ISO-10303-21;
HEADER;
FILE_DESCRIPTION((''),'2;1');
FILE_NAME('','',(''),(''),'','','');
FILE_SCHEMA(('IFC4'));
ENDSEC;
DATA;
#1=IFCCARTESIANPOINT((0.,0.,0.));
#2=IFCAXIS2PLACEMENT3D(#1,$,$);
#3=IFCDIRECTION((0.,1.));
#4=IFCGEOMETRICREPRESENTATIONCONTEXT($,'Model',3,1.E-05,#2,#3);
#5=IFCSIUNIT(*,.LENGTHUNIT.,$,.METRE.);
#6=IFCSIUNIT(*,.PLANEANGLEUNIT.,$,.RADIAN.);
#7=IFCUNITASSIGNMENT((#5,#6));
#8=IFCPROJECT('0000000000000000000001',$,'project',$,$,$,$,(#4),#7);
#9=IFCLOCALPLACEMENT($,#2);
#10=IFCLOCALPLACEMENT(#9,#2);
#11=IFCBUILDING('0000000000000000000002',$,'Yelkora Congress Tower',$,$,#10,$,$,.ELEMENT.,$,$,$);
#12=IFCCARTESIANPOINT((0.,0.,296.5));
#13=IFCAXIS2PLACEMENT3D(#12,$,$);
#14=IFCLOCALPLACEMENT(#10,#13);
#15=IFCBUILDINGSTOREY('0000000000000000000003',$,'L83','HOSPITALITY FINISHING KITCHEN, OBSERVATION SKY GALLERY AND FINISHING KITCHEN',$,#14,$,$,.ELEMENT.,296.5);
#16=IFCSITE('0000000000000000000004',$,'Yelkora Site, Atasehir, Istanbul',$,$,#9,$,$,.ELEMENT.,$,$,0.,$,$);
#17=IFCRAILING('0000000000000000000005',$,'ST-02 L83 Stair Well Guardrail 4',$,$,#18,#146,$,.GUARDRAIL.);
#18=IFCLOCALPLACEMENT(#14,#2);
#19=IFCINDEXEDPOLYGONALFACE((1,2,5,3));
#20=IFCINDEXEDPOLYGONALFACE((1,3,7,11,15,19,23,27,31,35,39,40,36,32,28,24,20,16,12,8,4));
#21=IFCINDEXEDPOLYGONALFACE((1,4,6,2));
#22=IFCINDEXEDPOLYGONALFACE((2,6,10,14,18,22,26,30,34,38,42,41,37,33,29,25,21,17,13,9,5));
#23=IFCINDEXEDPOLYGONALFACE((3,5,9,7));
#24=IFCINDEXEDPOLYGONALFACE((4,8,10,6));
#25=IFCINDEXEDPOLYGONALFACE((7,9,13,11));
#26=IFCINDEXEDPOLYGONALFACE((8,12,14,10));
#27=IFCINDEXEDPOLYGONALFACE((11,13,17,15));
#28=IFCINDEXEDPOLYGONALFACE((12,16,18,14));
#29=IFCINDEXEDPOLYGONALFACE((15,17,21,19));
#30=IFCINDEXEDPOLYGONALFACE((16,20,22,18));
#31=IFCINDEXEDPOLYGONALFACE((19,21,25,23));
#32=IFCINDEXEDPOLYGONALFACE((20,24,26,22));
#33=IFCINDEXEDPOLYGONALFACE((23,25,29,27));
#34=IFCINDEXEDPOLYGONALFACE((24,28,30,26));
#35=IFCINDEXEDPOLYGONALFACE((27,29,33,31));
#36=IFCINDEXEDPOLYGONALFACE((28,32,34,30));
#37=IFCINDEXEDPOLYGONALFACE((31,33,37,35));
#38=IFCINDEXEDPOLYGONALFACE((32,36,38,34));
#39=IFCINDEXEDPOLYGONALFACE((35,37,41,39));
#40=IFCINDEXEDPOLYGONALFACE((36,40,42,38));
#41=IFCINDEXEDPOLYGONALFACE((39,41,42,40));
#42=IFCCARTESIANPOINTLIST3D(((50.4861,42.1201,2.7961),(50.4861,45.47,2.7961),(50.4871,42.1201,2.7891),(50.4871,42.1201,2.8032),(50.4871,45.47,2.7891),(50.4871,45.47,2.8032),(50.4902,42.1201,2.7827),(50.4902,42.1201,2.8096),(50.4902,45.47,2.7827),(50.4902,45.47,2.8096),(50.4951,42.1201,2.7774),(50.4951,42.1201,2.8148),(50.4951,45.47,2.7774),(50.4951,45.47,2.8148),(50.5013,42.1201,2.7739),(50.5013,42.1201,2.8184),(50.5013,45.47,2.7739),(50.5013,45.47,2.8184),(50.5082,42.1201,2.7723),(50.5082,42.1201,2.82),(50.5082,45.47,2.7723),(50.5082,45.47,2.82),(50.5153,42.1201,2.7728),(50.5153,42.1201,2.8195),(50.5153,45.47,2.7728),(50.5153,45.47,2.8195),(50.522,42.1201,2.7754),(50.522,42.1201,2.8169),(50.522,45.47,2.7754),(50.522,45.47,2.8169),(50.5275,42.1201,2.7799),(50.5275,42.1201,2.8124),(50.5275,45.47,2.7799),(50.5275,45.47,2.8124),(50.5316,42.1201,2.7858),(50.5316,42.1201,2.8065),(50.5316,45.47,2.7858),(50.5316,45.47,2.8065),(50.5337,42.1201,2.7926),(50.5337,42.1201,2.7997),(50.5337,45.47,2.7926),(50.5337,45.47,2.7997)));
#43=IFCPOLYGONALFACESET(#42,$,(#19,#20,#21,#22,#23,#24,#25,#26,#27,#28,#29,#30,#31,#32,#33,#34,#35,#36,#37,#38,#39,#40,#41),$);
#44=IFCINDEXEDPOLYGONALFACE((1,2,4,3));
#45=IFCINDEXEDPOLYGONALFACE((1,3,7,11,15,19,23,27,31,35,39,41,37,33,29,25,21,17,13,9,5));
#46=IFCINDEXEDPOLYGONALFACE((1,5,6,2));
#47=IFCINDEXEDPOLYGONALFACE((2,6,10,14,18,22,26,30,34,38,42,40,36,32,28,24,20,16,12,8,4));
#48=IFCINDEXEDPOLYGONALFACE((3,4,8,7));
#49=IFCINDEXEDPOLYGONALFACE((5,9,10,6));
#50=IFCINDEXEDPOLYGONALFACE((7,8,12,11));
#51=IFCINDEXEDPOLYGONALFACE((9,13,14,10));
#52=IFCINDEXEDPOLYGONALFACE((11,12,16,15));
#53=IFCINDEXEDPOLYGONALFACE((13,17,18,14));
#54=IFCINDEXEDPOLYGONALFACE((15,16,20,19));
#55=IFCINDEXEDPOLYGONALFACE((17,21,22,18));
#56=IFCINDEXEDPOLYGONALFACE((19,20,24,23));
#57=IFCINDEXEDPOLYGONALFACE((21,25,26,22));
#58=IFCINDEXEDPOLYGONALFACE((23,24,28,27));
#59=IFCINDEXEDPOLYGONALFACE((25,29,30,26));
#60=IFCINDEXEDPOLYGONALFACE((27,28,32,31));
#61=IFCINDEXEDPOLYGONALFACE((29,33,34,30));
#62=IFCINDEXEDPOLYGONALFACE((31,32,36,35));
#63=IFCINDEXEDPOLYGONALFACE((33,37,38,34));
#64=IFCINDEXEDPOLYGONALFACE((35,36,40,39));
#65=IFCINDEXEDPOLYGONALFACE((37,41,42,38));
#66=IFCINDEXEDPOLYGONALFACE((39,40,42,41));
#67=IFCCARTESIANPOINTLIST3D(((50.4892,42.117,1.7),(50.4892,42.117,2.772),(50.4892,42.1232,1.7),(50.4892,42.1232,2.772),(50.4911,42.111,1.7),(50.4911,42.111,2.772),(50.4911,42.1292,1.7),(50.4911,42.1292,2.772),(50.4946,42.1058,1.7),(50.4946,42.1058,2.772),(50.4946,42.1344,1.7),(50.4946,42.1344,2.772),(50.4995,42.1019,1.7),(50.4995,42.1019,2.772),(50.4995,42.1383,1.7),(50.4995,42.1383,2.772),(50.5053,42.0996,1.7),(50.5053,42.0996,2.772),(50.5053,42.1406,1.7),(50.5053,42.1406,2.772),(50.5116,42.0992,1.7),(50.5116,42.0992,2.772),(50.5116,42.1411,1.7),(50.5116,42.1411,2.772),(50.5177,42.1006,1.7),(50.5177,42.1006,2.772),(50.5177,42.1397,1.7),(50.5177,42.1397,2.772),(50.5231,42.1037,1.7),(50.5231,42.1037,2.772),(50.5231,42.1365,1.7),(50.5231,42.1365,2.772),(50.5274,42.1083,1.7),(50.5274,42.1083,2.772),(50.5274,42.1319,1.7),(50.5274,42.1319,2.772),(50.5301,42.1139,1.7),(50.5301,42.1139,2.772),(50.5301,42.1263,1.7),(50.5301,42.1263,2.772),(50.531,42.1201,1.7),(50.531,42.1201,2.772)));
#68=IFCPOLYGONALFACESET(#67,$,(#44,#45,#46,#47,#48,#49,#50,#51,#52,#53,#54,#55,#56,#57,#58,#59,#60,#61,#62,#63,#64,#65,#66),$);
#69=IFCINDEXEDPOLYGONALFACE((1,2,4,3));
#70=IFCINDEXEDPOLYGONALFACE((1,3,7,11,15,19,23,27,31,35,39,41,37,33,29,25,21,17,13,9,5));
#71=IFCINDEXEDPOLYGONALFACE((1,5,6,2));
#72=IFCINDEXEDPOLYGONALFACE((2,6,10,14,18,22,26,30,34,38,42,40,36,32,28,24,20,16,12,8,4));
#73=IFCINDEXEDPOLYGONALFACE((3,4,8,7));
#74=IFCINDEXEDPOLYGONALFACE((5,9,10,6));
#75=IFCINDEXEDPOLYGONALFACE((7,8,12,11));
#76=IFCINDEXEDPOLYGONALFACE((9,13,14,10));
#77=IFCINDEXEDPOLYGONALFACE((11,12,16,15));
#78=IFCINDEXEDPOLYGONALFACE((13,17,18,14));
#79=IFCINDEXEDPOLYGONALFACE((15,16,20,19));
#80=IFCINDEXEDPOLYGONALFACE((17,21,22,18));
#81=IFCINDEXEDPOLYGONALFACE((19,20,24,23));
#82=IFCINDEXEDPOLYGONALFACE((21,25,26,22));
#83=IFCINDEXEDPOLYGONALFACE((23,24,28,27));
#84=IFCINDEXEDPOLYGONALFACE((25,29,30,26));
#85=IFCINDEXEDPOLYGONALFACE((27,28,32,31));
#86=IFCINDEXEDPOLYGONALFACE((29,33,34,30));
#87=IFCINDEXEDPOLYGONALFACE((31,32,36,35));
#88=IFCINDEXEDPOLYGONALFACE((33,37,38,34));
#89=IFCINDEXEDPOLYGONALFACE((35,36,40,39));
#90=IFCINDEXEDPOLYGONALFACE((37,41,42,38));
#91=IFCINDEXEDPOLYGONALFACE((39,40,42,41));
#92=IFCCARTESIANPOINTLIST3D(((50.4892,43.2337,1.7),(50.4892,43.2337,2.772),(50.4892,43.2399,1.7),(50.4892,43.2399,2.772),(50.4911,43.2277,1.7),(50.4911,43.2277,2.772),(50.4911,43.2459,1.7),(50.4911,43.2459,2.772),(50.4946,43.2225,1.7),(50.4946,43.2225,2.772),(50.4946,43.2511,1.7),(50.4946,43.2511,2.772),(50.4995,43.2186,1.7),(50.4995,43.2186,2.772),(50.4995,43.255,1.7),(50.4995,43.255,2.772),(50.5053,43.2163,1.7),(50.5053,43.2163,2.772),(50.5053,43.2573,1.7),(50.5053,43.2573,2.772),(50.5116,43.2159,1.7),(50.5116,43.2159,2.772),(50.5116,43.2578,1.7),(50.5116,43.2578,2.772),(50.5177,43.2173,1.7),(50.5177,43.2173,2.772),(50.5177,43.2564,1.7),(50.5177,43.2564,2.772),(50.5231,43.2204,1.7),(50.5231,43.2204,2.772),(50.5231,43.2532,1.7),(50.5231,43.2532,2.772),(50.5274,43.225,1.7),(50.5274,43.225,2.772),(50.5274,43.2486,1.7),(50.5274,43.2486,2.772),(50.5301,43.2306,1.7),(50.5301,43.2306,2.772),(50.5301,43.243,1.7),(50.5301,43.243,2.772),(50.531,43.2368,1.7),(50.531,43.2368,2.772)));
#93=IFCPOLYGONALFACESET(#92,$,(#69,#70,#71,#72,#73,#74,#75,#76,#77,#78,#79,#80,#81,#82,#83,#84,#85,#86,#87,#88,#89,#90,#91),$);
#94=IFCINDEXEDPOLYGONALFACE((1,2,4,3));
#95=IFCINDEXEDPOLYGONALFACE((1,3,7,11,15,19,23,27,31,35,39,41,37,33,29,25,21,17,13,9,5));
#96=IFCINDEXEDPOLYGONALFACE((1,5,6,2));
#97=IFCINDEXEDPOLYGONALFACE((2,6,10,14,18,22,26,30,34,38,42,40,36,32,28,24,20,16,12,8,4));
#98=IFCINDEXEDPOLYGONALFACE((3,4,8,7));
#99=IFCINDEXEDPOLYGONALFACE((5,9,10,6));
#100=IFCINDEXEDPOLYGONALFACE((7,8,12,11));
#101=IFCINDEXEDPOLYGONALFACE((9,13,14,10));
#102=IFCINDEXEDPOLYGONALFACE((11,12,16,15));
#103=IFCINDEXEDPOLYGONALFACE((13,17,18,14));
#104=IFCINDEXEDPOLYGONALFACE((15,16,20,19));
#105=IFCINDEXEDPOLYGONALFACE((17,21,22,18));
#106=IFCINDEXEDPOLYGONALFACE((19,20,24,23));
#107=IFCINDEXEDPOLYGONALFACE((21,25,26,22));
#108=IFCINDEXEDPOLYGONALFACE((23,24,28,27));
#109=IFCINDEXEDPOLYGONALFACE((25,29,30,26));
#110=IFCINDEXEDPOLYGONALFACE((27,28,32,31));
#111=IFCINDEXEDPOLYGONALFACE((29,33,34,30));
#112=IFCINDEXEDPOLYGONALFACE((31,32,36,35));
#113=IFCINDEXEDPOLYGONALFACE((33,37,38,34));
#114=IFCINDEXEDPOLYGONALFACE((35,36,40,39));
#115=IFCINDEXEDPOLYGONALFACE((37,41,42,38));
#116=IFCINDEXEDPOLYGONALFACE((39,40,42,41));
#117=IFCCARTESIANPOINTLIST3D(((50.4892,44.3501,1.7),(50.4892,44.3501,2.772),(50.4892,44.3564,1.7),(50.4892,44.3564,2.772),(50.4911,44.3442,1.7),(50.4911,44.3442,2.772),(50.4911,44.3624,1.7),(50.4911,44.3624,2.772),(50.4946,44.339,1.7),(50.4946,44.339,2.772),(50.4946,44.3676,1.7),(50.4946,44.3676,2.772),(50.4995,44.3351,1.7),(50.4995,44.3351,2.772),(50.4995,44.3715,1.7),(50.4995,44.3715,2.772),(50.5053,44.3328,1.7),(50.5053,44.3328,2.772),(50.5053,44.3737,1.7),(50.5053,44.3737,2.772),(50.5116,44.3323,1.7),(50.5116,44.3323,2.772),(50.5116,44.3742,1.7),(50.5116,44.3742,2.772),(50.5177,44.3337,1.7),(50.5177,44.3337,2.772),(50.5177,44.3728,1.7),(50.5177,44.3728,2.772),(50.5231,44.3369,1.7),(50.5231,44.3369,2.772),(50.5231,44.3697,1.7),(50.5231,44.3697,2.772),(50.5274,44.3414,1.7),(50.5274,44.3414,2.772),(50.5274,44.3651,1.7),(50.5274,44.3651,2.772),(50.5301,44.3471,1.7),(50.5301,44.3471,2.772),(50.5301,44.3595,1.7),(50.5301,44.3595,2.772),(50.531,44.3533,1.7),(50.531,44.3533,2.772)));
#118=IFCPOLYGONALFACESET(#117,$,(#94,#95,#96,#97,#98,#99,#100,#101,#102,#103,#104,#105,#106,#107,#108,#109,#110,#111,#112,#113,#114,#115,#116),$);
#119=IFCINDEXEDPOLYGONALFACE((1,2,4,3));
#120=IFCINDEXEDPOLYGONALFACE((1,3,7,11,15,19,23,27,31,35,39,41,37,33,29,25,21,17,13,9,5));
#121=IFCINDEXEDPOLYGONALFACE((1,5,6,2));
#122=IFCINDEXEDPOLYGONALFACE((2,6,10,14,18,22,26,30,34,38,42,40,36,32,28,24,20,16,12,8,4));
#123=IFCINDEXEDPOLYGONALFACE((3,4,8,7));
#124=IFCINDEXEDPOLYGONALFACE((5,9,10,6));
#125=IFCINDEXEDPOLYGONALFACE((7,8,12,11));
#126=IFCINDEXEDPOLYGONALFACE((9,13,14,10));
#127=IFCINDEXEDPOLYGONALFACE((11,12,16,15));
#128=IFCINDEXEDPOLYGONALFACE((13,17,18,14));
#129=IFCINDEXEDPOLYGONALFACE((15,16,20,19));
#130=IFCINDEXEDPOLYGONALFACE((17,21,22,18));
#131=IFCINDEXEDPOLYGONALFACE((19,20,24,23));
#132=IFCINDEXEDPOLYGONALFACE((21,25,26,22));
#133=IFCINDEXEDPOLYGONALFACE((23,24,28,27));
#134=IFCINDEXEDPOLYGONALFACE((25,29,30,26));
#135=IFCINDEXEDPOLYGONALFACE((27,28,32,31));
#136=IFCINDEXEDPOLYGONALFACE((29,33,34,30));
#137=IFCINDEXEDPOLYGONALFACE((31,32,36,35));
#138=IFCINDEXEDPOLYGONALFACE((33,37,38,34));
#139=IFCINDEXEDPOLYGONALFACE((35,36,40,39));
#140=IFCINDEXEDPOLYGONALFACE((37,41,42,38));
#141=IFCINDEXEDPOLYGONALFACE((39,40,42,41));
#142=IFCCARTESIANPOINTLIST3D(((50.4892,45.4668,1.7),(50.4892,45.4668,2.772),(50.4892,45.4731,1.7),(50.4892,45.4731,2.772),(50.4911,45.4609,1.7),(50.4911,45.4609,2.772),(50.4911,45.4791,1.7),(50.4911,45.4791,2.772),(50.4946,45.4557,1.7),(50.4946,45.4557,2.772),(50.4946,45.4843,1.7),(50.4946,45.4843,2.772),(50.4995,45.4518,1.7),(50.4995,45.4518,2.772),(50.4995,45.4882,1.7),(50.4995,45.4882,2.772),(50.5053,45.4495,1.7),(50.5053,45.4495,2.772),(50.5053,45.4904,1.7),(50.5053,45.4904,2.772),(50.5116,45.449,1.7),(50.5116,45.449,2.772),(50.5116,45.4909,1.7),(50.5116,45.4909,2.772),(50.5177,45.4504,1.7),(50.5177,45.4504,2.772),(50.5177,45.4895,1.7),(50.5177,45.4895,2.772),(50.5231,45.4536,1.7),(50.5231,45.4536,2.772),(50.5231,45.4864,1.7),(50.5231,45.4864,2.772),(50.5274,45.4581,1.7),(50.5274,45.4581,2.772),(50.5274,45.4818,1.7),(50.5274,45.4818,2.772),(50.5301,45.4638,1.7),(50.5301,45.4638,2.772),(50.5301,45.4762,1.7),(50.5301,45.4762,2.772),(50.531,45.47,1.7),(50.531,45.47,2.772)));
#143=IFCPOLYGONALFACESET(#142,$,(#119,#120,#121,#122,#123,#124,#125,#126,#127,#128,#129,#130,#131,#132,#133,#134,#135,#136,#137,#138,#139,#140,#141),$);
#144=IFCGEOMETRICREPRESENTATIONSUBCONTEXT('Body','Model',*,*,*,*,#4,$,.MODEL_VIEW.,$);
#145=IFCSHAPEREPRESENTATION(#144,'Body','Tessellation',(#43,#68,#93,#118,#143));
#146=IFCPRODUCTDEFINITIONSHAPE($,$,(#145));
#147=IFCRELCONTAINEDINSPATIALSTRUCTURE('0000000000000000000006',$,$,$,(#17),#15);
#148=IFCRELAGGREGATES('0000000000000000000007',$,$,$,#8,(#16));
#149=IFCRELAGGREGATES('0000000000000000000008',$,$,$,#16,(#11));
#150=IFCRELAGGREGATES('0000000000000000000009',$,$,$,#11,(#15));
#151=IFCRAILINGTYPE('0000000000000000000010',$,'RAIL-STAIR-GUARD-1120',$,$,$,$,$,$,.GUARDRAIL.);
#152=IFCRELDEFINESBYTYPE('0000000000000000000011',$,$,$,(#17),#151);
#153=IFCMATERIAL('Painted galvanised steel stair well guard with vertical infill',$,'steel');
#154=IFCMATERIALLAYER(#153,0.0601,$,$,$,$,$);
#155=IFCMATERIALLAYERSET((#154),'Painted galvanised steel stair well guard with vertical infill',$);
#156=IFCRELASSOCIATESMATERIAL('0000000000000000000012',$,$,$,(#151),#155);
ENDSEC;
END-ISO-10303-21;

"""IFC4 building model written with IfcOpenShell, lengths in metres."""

from ifc_helpers import new_model, si_unit, direction, frame, origin, origin_2d, place, context, subcontext, project, spatial, circle, extrude, material, layer, layer_set, type_object, element, save


model = new_model("IFC4")

# Units and contexts
model_context = context("Model", 3, precision=1e-05, world=origin(), true_north=direction((0.0, 1.0)))
body_context = subcontext(model_context, "Body", "Model", "MODEL_VIEW")
ifc_project = project(units=[si_unit("LENGTHUNIT", "METRE"), si_unit("PLANEANGLEUNIT", "RADIAN")], contexts=[model_context])

# Site, building, storey
site_placement = place(None, origin())
site = spatial("IfcSite", under=ifc_project, at=site_placement, Name="Yelkora Site, Atasehir, Istanbul", CompositionType="ELEMENT", RefElevation=0.0)
building_placement = place(site_placement, origin())
building = spatial("IfcBuilding", under=site, at=building_placement, Name="Yelkora Congress Tower", CompositionType="ELEMENT")
storey_placement = place(building_placement, frame((0.0, 0.0, 296.5)))
storey = spatial("IfcBuildingStorey", under=building, at=storey_placement, Name="L83", Description="HOSPITALITY FINISHING KITCHEN, OBSERVATION SKY GALLERY AND FINISHING KITCHEN", CompositionType="ELEMENT", Elevation=296.5)

# Railing
ifc_material_1 = material(Name="Painted galvanised steel stair well guard with vertical infill", Category="steel")
ifc_layer_1 = layer(ifc_material_1, 0.0601)
ifc_layer_set_1 = layer_set([ifc_layer_1], Name="Painted galvanised steel stair well guard with vertical infill")
railing_type_1 = type_object("IfcRailingType", Name="RAIL-STAIR-GUARD-1120", PredefinedType="GUARDRAIL", material=ifc_layer_set_1)
railing_1_placement = place(storey_placement, frame((50.51, 42.1201, 1.7)))
element("IfcRailing", 1, at=railing_1_placement, inside=storey, type_object=railing_type_1, Name="ST-02 L83 Stair Well Guardrail 4", PredefinedType="GUARDRAIL", context=body_context, shape_type="SweptSolid", body=[
    extrude(circle(Radius=0.0239, at=origin_2d()), frame((0.0, 0.0, 1.0962), z_axis=(0.0, 1.0, 0.0), x_axis=(-1.0, 0.0, 0.0)), (0.0, 0.0, 1.0), 3.3499),
    extrude(circle(Radius=0.021, at=origin_2d()), origin(), (0.0, 0.0, 1.0), 1.072),
    extrude(circle(Radius=0.021, at=origin_2d()), frame((0.0, 1.1167, 0.0)), (0.0, 0.0, 1.0), 1.072),
    extrude(circle(Radius=0.021, at=origin_2d()), frame((0.0, 2.2332, 0.0)), (0.0, 0.0, 1.0), 1.072),
    extrude(circle(Radius=0.021, at=origin_2d()), frame((0.0, 3.3499, 0.0)), (0.0, 0.0, 1.0), 1.072),
])

save(model, "model.ifc")
